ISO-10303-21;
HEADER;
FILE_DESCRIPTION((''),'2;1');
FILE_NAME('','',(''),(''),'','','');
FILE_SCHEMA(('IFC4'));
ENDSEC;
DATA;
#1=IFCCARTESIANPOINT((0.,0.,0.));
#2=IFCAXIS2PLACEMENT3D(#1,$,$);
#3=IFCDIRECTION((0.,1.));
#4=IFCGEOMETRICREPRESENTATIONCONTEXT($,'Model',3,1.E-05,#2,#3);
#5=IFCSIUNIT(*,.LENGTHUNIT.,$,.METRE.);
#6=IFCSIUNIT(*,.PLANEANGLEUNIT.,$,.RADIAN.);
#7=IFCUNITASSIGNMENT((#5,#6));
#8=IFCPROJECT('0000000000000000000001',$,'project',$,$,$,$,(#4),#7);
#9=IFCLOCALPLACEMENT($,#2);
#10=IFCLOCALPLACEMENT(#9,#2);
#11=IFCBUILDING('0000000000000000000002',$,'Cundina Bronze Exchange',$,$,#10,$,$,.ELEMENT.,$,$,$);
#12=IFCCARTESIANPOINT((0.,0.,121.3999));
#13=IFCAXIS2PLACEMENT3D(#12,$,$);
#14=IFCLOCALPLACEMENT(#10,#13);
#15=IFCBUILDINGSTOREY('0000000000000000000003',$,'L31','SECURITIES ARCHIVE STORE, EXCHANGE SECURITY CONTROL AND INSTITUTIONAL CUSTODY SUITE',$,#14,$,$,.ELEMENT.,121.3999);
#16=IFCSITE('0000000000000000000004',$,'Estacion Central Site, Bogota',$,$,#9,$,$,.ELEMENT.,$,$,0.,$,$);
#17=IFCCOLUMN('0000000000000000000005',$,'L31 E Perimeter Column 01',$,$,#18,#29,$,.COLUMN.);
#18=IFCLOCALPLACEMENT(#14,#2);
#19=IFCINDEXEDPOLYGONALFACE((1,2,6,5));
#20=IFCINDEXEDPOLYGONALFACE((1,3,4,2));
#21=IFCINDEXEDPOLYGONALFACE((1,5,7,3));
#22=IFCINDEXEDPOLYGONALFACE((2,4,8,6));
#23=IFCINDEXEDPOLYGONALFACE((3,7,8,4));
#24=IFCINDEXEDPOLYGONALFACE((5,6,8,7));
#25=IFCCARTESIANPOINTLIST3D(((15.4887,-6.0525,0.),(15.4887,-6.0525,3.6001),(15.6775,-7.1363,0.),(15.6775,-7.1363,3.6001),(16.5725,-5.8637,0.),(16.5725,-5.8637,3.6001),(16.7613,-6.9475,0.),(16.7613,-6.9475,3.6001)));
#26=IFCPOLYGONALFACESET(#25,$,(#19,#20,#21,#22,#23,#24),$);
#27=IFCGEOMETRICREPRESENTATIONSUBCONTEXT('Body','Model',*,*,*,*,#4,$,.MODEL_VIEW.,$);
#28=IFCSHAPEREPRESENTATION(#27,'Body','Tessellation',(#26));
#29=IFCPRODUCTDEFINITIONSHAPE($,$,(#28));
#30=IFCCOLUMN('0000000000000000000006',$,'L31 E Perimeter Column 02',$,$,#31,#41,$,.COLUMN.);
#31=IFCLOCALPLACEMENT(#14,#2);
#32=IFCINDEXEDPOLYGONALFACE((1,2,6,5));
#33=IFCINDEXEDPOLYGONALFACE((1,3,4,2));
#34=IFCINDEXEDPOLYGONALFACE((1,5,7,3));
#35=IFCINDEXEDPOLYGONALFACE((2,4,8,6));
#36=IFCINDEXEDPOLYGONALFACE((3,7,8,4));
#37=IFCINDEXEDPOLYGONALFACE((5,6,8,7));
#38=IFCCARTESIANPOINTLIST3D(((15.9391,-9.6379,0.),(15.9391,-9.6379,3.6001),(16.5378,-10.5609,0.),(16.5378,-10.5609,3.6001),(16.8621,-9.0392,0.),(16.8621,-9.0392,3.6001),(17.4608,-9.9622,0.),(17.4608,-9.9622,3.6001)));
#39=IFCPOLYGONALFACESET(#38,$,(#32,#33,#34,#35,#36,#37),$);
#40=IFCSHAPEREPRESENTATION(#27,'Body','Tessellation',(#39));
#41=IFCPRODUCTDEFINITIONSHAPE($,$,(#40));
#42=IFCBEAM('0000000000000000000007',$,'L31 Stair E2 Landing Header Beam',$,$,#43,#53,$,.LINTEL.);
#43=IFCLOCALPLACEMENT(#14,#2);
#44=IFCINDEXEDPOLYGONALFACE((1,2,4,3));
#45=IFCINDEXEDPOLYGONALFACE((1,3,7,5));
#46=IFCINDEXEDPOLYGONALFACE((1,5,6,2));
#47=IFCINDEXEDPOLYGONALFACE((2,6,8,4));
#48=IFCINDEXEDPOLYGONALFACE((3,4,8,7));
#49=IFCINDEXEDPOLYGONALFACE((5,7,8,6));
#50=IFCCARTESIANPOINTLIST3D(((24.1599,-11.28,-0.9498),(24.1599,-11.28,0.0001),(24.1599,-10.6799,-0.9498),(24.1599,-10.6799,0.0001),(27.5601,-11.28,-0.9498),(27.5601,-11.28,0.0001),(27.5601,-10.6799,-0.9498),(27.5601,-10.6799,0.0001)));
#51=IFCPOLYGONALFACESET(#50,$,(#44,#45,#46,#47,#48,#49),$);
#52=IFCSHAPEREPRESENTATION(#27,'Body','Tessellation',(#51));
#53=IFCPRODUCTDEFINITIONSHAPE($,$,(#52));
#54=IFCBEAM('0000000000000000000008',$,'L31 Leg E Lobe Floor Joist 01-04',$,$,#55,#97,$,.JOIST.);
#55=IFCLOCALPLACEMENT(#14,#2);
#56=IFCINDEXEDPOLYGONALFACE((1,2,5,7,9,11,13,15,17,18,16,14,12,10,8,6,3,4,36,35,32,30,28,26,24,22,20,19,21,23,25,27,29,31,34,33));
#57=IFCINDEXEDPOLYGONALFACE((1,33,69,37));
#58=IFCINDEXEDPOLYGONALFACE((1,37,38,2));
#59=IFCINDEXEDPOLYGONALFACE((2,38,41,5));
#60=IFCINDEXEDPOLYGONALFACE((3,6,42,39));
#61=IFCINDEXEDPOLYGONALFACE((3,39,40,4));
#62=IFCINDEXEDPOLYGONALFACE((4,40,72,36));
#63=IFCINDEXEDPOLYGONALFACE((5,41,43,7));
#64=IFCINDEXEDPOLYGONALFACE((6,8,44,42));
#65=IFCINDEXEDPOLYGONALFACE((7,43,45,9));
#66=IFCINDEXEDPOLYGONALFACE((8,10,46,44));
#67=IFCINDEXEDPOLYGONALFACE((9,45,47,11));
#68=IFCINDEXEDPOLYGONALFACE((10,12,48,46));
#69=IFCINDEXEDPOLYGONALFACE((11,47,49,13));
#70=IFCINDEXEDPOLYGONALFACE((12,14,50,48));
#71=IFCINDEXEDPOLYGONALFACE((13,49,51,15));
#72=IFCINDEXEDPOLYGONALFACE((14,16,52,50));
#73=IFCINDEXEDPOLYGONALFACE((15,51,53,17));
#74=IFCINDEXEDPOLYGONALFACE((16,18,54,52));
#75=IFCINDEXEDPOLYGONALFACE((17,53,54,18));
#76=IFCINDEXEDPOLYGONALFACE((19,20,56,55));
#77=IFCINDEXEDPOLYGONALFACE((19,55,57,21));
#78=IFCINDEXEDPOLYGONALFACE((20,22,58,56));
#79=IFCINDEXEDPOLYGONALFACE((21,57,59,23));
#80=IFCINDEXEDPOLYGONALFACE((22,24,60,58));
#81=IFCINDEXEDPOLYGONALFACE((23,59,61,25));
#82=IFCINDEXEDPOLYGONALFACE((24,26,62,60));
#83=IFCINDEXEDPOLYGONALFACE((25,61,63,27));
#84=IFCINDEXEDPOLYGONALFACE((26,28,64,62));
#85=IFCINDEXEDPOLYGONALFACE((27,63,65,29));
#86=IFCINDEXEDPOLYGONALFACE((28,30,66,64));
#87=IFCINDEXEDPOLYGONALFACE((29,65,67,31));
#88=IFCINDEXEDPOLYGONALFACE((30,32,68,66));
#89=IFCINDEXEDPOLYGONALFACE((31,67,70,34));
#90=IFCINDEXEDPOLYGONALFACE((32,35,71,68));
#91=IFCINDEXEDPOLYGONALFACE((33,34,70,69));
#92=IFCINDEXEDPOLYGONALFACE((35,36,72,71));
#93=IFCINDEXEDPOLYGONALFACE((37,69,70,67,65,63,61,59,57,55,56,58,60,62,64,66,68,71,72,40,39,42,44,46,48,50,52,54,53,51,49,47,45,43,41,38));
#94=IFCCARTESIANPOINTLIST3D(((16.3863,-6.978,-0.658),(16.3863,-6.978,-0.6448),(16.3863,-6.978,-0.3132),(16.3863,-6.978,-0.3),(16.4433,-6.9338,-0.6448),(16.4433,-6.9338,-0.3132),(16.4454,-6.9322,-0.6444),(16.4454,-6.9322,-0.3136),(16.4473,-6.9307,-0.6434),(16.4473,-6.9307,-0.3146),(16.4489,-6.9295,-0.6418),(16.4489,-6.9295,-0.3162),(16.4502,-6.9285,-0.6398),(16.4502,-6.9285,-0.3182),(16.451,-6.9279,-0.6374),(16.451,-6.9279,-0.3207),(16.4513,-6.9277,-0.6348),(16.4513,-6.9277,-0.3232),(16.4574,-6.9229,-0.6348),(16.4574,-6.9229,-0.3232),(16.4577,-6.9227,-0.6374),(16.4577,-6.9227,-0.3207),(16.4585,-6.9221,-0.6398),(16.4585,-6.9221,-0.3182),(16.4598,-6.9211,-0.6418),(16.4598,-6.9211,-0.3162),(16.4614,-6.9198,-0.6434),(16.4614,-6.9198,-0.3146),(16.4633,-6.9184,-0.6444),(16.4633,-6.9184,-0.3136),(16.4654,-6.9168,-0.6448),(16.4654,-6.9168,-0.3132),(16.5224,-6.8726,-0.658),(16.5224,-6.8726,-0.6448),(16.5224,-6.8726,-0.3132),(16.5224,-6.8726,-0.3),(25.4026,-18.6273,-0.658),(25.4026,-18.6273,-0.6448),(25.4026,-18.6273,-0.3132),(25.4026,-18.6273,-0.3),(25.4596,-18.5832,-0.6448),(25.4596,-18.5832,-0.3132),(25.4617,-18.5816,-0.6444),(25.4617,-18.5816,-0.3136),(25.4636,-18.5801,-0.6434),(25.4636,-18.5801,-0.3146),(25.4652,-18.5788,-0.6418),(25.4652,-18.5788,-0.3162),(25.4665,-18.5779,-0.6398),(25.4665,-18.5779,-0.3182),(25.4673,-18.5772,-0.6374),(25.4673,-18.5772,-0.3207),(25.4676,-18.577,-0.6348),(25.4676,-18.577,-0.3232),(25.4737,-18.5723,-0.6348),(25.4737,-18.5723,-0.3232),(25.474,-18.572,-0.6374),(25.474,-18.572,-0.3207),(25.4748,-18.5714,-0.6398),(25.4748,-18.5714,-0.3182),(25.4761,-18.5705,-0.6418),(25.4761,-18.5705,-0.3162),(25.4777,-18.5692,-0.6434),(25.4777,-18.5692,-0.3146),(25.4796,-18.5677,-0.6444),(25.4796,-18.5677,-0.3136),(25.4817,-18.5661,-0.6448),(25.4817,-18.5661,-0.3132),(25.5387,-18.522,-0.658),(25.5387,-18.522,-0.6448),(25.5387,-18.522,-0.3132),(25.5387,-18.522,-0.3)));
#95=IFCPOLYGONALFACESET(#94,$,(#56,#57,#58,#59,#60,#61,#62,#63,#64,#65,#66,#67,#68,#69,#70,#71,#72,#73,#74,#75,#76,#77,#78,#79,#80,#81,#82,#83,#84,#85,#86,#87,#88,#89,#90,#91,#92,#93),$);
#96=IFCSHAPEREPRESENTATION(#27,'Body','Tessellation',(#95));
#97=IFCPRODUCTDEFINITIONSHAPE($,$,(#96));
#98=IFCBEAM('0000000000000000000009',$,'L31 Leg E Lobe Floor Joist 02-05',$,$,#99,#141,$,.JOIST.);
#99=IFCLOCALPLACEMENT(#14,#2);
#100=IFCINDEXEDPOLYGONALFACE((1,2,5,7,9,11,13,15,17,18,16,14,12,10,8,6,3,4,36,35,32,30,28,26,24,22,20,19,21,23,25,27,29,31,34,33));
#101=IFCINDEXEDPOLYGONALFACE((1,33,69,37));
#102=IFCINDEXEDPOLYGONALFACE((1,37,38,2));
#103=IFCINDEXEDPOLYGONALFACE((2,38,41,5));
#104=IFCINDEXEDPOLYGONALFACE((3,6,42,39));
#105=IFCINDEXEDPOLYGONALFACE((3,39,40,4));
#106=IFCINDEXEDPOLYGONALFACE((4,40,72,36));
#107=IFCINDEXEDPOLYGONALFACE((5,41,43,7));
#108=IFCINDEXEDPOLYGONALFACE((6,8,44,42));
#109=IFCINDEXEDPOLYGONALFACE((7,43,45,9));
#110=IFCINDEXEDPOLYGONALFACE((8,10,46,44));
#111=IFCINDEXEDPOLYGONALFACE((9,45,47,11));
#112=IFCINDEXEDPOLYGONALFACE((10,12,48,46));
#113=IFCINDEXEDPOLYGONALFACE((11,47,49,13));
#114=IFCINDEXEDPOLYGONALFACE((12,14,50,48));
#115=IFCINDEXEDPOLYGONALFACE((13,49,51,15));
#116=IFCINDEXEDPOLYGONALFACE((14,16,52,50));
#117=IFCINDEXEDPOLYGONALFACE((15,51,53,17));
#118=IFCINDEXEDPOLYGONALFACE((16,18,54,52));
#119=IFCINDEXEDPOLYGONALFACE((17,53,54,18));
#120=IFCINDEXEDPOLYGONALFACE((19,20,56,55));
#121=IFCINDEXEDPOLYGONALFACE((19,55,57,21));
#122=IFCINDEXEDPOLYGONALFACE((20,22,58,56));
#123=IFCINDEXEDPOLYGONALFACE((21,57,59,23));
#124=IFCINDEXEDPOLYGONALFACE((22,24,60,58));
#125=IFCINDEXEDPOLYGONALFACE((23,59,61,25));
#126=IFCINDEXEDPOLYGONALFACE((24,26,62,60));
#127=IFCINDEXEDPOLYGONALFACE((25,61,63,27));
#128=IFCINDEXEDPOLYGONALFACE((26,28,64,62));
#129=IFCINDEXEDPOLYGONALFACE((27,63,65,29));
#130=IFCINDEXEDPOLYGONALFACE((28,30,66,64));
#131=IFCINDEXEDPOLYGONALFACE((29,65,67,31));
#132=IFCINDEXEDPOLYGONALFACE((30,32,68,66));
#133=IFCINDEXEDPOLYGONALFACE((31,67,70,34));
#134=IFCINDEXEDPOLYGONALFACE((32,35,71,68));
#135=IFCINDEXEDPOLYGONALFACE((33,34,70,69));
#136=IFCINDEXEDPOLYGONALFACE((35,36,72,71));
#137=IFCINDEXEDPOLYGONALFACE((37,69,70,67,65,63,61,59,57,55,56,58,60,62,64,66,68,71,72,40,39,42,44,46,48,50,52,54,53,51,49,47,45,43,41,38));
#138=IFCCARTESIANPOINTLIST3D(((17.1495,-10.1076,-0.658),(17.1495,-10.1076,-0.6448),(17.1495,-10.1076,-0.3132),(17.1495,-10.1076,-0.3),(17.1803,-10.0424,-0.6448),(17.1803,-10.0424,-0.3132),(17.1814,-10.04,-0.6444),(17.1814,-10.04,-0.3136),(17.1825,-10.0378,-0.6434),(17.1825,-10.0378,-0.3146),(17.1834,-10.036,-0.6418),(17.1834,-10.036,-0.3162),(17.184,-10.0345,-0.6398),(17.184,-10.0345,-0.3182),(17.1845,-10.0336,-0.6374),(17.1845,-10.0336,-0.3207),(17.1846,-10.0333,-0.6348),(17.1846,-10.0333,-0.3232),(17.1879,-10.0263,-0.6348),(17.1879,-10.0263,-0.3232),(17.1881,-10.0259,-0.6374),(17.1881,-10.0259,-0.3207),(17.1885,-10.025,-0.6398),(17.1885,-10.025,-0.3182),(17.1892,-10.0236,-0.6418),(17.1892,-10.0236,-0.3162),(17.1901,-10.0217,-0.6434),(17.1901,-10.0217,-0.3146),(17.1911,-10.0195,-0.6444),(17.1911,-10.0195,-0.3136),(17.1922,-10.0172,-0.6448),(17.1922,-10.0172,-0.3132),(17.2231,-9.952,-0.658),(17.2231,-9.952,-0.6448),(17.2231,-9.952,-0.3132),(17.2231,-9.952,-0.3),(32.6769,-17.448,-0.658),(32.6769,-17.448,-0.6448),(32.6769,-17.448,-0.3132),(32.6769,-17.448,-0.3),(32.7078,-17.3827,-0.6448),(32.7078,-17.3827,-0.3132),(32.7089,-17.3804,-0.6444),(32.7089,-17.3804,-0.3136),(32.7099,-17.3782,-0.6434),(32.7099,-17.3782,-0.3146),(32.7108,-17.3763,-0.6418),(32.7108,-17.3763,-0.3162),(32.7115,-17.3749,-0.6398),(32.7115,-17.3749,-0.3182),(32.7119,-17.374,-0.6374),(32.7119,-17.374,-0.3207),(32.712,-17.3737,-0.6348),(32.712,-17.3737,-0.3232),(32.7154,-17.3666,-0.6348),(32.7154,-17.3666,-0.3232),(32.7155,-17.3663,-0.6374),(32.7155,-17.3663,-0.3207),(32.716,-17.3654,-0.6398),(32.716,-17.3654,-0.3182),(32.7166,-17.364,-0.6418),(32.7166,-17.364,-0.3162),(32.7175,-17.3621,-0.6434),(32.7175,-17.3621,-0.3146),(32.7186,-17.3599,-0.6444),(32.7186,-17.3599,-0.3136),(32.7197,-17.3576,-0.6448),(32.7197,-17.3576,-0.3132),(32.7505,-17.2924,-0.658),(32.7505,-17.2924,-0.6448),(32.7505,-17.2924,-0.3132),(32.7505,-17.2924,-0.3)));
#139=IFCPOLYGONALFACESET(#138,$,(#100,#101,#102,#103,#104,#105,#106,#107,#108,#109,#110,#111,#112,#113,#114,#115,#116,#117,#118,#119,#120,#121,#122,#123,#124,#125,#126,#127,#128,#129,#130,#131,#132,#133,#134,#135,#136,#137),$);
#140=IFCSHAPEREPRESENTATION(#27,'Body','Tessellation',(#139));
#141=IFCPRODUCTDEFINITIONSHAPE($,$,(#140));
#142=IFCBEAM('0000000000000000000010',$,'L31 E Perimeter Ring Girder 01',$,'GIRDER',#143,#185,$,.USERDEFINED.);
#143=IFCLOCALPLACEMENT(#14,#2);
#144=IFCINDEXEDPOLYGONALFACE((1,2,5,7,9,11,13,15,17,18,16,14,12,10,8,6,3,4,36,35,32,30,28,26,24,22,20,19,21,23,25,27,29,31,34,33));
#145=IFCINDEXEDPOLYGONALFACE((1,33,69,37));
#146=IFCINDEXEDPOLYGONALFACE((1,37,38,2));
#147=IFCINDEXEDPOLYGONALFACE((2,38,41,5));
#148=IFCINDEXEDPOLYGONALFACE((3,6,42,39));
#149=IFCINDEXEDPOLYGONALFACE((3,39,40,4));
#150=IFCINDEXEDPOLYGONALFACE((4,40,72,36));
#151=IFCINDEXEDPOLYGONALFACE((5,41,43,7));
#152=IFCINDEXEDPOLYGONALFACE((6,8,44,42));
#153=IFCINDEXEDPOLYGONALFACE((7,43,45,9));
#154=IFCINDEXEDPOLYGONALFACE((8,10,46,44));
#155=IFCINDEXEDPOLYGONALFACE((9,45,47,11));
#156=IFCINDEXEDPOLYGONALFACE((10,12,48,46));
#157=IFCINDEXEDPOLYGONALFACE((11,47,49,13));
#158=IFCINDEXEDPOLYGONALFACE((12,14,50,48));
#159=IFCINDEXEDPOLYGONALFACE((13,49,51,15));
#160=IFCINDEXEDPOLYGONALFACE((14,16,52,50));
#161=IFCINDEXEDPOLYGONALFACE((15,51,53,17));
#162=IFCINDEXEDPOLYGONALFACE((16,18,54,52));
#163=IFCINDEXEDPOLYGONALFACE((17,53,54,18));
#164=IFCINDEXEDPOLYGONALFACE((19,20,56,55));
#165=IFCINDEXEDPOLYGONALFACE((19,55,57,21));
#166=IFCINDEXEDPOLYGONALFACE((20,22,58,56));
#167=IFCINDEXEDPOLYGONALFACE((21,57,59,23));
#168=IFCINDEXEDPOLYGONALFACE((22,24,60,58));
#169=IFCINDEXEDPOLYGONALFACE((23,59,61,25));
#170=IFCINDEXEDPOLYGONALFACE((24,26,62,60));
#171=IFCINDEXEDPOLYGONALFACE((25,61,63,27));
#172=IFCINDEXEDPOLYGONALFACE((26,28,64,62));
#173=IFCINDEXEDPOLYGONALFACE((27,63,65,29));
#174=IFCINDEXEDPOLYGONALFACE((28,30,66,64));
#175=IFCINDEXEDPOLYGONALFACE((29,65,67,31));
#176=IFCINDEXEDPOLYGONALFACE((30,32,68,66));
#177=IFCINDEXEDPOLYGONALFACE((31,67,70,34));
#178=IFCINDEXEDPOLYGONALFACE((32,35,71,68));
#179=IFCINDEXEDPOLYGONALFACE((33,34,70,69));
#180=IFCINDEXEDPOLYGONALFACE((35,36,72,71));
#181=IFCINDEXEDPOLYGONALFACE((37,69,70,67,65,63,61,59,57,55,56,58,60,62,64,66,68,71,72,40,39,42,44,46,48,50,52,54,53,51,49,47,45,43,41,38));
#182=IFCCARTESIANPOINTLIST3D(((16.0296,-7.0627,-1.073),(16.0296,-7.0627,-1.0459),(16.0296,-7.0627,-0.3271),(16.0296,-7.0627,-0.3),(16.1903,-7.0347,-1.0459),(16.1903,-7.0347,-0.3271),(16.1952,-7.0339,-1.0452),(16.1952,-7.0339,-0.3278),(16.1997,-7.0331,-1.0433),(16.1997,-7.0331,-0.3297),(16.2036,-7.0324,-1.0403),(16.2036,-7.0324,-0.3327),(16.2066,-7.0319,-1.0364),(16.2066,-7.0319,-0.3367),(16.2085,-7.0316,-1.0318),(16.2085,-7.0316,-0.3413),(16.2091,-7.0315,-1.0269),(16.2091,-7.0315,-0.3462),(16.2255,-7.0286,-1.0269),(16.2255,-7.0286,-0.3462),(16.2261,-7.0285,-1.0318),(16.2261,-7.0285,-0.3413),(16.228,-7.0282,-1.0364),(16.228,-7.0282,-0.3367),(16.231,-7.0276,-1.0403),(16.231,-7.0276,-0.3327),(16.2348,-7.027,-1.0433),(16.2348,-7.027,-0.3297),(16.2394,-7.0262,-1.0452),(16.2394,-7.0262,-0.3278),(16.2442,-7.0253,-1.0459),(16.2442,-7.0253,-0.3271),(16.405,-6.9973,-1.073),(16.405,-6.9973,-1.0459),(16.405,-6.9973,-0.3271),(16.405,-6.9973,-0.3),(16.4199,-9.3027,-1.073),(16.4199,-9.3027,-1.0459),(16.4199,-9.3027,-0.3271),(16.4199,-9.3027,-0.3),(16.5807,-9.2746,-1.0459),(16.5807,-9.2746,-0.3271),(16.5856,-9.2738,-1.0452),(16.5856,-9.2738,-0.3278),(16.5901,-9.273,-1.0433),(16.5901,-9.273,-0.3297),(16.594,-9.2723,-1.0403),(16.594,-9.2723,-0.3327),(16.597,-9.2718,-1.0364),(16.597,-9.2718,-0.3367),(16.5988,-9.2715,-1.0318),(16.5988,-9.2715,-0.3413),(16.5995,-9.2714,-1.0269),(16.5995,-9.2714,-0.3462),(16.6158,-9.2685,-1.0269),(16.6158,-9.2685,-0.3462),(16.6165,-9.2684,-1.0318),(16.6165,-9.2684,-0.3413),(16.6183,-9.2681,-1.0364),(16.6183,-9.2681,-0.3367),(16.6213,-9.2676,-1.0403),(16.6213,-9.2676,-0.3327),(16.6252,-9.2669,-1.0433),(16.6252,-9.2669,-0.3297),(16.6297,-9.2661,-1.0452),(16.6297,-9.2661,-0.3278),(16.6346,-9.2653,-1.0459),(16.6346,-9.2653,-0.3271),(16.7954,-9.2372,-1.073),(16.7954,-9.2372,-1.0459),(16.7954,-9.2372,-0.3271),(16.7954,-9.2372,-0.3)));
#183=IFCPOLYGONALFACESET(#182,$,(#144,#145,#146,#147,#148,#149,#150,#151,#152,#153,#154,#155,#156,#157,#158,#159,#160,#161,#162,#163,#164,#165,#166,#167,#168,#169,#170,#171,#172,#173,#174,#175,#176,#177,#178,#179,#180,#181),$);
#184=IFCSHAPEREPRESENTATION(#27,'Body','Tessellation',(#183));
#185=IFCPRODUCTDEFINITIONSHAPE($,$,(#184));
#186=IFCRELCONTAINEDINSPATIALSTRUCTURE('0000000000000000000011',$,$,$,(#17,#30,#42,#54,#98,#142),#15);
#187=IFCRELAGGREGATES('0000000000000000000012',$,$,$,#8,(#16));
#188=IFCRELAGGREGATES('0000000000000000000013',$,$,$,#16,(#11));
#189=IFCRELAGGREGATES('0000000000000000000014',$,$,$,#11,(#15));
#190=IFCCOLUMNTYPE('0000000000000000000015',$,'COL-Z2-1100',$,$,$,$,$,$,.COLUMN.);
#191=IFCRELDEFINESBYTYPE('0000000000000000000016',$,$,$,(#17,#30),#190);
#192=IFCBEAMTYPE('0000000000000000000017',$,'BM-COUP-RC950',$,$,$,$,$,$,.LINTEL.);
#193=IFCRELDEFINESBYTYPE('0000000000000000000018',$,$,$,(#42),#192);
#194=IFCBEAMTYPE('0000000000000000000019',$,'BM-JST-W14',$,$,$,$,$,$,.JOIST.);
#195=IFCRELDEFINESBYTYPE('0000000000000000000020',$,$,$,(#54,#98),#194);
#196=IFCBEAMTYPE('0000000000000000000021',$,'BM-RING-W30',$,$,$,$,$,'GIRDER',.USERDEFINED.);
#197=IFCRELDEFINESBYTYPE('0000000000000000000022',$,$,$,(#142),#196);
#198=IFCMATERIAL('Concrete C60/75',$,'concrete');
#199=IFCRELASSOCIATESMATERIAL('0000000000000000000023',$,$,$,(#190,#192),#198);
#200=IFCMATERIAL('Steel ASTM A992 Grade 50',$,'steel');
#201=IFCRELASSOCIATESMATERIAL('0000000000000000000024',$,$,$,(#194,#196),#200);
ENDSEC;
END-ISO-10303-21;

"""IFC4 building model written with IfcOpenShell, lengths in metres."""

from ifc_helpers import new_model, si_unit, direction, frame, origin, origin_2d, place, context, subcontext, project, spatial, rectangle, i_section, extrude, material, material_profile, profile_set, type_object, element, save


model = new_model("IFC4")

# Units and contexts
model_context = context("Model", 3, precision=1e-05, world=origin(), true_north=direction((0.0, 1.0)))
body_context = subcontext(model_context, "Body", "Model", "MODEL_VIEW")
ifc_project = project(units=[si_unit("LENGTHUNIT", "METRE"), si_unit("PLANEANGLEUNIT", "RADIAN")], contexts=[model_context])

# Site, building, storey
site_placement = place(None, origin())
site = spatial("IfcSite", under=ifc_project, at=site_placement, Name="Estacion Central Site, Bogota", CompositionType="ELEMENT", RefElevation=0.0)
building_placement = place(site_placement, origin())
building = spatial("IfcBuilding", under=site, at=building_placement, Name="Cundina Bronze Exchange", CompositionType="ELEMENT")
storey_placement = place(building_placement, frame((0.0, 0.0, 121.3999)))
storey = spatial("IfcBuildingStorey", under=building, at=storey_placement, Name="L31", Description="SECURITIES ARCHIVE STORE, EXCHANGE SECURITY CONTROL AND INSTITUTIONAL CUSTODY SUITE", CompositionType="ELEMENT", Elevation=121.3999)

# Columns
ifc_material_1 = material(Name="Concrete C60/75", Category="concrete")
ifc_material_profile_1 = material_profile(ifc_material_1, rectangle(XDim=1.1001, YDim=1.1001, at=origin_2d()), Name="RC1100X1100", Category="concrete")
ifc_profile_set_1 = profile_set([ifc_material_profile_1], Name="Concrete C60/75")
column_type = type_object("IfcColumnType", Name="COL-Z2-1100", PredefinedType="COLUMN", material=ifc_profile_set_1)
for number, where, z_axis, x_axis, name in (
    (1, (16.125, -6.5, 0.0), (0.0, 0.0, 1.0), (0.171585, -0.985169, 0.0), "L31 E Perimeter Column 01"),
    (2, (16.7, -9.8, 0.0), (0.0, 0.0, 1.0), (0.5442, -0.838956, 0.0), "L31 E Perimeter Column 02"),
):
    element("IfcColumn", number, at=place(storey_placement, frame(where, z_axis=z_axis, x_axis=x_axis)), inside=storey, type_object=column_type, Name=name, PredefinedType="COLUMN", context=body_context, shape_type="SweptSolid", body=[
        extrude(rectangle(XDim=1.1001, YDim=1.1001, at=origin_2d()), origin(), (0.0, 0.0, 1.0), 3.6001),
    ])

# Beams
ifc_material_profile_2 = material_profile(ifc_material_1, rectangle(XDim=0.6001, YDim=0.95, at=origin_2d()), Name="RC600X950", Category="concrete")
ifc_profile_set_2 = profile_set([ifc_material_profile_2], Name="Concrete C60/75")
beam_type_1 = type_object("IfcBeamType", Name="BM-COUP-RC950", PredefinedType="LINTEL", material=ifc_profile_set_2)
beam_1_placement = place(storey_placement, frame((24.1599, -10.98, -0.4749), z_axis=(1.0, 0.0, 0.0), x_axis=(0.0, 1.0, 0.0)))
element("IfcBeam", 3, at=beam_1_placement, inside=storey, type_object=beam_type_1, Name="L31 Stair E2 Landing Header Beam", PredefinedType="LINTEL", context=body_context, shape_type="SweptSolid", body=[
    extrude(rectangle(XDim=0.6001, YDim=0.95, at=origin_2d()), origin(), (0.0, 0.0, 1.0), 3.4001),
])
ifc_material_2 = material(Name="Steel ASTM A992 Grade 50", Category="steel")
ifc_material_profile_3 = material_profile(ifc_material_2, i_section(OverallWidth=0.1721, OverallDepth=0.3579, WebThickness=0.0078, FlangeThickness=0.0132, FilletRadius=0.01, at=origin_2d()), Name="W14X38", Category="steel")
ifc_profile_set_3 = profile_set([ifc_material_profile_3], Name="Steel ASTM A992 Grade 50")
beam_type_2 = type_object("IfcBeamType", Name="BM-JST-W14", PredefinedType="JOIST", material=ifc_profile_set_3)
beam_2_placement = place(storey_placement, frame((16.4543, -6.9253, -0.479), z_axis=(0.612065, -0.790807, 0.0), x_axis=(0.790807, 0.612065, 0.0)))
element("IfcBeam", 4, at=beam_2_placement, inside=storey, type_object=beam_type_2, Name="L31 Leg E Lobe Floor Joist 01-04", PredefinedType="JOIST", context=body_context, shape_type="SweptSolid", body=[
    extrude(i_section(OverallWidth=0.1721, OverallDepth=0.3579, WebThickness=0.0078, FlangeThickness=0.0132, FilletRadius=0.01, at=origin_2d()), origin(), (0.0, 0.0, 1.0), 14.731),
])
beam_3_placement = place(storey_placement, frame((17.1863, -10.0298, -0.479), z_axis=(0.904069, -0.427386, 0.0), x_axis=(0.427386, 0.904069, 0.0)))
element("IfcBeam", 5, at=beam_3_placement, inside=storey, type_object=beam_type_2, Name="L31 Leg E Lobe Floor Joist 02-05", PredefinedType="JOIST", context=body_context, shape_type="SweptSolid", body=[
    extrude(i_section(OverallWidth=0.1721, OverallDepth=0.3579, WebThickness=0.0078, FlangeThickness=0.0132, FilletRadius=0.01, at=origin_2d()), origin(), (0.0, 0.0, 1.0), 17.175),
])
ifc_material_profile_4 = material_profile(ifc_material_2, i_section(OverallWidth=0.3811, OverallDepth=0.7729, WebThickness=0.0166, FlangeThickness=0.0271, FilletRadius=0.019, at=origin_2d()), Name="W30X173", Category="steel")
ifc_profile_set_4 = profile_set([ifc_material_profile_4], Name="Steel ASTM A992 Grade 50")
beam_type_3 = type_object("IfcBeamType", Name="BM-RING-W30", ElementType="GIRDER", PredefinedType="USERDEFINED", material=ifc_profile_set_4)
beam_4_placement = place(storey_placement, frame((16.2173, -7.03, -0.6865), z_axis=(0.17169, -0.985151, 0.0), x_axis=(0.985151, 0.17169, 0.0)))
element("IfcBeam", 6, at=beam_4_placement, inside=storey, type_object=beam_type_3, Name="L31 E Perimeter Ring Girder 01", ObjectType="GIRDER", PredefinedType="USERDEFINED", context=body_context, shape_type="SweptSolid", body=[
    extrude(i_section(OverallWidth=0.3811, OverallDepth=0.7729, WebThickness=0.0166, FlangeThickness=0.0271, FilletRadius=0.019, at=origin_2d()), origin(), (0.0, 0.0, 1.0), 2.2737),
])

save(model, "model.ifc")
